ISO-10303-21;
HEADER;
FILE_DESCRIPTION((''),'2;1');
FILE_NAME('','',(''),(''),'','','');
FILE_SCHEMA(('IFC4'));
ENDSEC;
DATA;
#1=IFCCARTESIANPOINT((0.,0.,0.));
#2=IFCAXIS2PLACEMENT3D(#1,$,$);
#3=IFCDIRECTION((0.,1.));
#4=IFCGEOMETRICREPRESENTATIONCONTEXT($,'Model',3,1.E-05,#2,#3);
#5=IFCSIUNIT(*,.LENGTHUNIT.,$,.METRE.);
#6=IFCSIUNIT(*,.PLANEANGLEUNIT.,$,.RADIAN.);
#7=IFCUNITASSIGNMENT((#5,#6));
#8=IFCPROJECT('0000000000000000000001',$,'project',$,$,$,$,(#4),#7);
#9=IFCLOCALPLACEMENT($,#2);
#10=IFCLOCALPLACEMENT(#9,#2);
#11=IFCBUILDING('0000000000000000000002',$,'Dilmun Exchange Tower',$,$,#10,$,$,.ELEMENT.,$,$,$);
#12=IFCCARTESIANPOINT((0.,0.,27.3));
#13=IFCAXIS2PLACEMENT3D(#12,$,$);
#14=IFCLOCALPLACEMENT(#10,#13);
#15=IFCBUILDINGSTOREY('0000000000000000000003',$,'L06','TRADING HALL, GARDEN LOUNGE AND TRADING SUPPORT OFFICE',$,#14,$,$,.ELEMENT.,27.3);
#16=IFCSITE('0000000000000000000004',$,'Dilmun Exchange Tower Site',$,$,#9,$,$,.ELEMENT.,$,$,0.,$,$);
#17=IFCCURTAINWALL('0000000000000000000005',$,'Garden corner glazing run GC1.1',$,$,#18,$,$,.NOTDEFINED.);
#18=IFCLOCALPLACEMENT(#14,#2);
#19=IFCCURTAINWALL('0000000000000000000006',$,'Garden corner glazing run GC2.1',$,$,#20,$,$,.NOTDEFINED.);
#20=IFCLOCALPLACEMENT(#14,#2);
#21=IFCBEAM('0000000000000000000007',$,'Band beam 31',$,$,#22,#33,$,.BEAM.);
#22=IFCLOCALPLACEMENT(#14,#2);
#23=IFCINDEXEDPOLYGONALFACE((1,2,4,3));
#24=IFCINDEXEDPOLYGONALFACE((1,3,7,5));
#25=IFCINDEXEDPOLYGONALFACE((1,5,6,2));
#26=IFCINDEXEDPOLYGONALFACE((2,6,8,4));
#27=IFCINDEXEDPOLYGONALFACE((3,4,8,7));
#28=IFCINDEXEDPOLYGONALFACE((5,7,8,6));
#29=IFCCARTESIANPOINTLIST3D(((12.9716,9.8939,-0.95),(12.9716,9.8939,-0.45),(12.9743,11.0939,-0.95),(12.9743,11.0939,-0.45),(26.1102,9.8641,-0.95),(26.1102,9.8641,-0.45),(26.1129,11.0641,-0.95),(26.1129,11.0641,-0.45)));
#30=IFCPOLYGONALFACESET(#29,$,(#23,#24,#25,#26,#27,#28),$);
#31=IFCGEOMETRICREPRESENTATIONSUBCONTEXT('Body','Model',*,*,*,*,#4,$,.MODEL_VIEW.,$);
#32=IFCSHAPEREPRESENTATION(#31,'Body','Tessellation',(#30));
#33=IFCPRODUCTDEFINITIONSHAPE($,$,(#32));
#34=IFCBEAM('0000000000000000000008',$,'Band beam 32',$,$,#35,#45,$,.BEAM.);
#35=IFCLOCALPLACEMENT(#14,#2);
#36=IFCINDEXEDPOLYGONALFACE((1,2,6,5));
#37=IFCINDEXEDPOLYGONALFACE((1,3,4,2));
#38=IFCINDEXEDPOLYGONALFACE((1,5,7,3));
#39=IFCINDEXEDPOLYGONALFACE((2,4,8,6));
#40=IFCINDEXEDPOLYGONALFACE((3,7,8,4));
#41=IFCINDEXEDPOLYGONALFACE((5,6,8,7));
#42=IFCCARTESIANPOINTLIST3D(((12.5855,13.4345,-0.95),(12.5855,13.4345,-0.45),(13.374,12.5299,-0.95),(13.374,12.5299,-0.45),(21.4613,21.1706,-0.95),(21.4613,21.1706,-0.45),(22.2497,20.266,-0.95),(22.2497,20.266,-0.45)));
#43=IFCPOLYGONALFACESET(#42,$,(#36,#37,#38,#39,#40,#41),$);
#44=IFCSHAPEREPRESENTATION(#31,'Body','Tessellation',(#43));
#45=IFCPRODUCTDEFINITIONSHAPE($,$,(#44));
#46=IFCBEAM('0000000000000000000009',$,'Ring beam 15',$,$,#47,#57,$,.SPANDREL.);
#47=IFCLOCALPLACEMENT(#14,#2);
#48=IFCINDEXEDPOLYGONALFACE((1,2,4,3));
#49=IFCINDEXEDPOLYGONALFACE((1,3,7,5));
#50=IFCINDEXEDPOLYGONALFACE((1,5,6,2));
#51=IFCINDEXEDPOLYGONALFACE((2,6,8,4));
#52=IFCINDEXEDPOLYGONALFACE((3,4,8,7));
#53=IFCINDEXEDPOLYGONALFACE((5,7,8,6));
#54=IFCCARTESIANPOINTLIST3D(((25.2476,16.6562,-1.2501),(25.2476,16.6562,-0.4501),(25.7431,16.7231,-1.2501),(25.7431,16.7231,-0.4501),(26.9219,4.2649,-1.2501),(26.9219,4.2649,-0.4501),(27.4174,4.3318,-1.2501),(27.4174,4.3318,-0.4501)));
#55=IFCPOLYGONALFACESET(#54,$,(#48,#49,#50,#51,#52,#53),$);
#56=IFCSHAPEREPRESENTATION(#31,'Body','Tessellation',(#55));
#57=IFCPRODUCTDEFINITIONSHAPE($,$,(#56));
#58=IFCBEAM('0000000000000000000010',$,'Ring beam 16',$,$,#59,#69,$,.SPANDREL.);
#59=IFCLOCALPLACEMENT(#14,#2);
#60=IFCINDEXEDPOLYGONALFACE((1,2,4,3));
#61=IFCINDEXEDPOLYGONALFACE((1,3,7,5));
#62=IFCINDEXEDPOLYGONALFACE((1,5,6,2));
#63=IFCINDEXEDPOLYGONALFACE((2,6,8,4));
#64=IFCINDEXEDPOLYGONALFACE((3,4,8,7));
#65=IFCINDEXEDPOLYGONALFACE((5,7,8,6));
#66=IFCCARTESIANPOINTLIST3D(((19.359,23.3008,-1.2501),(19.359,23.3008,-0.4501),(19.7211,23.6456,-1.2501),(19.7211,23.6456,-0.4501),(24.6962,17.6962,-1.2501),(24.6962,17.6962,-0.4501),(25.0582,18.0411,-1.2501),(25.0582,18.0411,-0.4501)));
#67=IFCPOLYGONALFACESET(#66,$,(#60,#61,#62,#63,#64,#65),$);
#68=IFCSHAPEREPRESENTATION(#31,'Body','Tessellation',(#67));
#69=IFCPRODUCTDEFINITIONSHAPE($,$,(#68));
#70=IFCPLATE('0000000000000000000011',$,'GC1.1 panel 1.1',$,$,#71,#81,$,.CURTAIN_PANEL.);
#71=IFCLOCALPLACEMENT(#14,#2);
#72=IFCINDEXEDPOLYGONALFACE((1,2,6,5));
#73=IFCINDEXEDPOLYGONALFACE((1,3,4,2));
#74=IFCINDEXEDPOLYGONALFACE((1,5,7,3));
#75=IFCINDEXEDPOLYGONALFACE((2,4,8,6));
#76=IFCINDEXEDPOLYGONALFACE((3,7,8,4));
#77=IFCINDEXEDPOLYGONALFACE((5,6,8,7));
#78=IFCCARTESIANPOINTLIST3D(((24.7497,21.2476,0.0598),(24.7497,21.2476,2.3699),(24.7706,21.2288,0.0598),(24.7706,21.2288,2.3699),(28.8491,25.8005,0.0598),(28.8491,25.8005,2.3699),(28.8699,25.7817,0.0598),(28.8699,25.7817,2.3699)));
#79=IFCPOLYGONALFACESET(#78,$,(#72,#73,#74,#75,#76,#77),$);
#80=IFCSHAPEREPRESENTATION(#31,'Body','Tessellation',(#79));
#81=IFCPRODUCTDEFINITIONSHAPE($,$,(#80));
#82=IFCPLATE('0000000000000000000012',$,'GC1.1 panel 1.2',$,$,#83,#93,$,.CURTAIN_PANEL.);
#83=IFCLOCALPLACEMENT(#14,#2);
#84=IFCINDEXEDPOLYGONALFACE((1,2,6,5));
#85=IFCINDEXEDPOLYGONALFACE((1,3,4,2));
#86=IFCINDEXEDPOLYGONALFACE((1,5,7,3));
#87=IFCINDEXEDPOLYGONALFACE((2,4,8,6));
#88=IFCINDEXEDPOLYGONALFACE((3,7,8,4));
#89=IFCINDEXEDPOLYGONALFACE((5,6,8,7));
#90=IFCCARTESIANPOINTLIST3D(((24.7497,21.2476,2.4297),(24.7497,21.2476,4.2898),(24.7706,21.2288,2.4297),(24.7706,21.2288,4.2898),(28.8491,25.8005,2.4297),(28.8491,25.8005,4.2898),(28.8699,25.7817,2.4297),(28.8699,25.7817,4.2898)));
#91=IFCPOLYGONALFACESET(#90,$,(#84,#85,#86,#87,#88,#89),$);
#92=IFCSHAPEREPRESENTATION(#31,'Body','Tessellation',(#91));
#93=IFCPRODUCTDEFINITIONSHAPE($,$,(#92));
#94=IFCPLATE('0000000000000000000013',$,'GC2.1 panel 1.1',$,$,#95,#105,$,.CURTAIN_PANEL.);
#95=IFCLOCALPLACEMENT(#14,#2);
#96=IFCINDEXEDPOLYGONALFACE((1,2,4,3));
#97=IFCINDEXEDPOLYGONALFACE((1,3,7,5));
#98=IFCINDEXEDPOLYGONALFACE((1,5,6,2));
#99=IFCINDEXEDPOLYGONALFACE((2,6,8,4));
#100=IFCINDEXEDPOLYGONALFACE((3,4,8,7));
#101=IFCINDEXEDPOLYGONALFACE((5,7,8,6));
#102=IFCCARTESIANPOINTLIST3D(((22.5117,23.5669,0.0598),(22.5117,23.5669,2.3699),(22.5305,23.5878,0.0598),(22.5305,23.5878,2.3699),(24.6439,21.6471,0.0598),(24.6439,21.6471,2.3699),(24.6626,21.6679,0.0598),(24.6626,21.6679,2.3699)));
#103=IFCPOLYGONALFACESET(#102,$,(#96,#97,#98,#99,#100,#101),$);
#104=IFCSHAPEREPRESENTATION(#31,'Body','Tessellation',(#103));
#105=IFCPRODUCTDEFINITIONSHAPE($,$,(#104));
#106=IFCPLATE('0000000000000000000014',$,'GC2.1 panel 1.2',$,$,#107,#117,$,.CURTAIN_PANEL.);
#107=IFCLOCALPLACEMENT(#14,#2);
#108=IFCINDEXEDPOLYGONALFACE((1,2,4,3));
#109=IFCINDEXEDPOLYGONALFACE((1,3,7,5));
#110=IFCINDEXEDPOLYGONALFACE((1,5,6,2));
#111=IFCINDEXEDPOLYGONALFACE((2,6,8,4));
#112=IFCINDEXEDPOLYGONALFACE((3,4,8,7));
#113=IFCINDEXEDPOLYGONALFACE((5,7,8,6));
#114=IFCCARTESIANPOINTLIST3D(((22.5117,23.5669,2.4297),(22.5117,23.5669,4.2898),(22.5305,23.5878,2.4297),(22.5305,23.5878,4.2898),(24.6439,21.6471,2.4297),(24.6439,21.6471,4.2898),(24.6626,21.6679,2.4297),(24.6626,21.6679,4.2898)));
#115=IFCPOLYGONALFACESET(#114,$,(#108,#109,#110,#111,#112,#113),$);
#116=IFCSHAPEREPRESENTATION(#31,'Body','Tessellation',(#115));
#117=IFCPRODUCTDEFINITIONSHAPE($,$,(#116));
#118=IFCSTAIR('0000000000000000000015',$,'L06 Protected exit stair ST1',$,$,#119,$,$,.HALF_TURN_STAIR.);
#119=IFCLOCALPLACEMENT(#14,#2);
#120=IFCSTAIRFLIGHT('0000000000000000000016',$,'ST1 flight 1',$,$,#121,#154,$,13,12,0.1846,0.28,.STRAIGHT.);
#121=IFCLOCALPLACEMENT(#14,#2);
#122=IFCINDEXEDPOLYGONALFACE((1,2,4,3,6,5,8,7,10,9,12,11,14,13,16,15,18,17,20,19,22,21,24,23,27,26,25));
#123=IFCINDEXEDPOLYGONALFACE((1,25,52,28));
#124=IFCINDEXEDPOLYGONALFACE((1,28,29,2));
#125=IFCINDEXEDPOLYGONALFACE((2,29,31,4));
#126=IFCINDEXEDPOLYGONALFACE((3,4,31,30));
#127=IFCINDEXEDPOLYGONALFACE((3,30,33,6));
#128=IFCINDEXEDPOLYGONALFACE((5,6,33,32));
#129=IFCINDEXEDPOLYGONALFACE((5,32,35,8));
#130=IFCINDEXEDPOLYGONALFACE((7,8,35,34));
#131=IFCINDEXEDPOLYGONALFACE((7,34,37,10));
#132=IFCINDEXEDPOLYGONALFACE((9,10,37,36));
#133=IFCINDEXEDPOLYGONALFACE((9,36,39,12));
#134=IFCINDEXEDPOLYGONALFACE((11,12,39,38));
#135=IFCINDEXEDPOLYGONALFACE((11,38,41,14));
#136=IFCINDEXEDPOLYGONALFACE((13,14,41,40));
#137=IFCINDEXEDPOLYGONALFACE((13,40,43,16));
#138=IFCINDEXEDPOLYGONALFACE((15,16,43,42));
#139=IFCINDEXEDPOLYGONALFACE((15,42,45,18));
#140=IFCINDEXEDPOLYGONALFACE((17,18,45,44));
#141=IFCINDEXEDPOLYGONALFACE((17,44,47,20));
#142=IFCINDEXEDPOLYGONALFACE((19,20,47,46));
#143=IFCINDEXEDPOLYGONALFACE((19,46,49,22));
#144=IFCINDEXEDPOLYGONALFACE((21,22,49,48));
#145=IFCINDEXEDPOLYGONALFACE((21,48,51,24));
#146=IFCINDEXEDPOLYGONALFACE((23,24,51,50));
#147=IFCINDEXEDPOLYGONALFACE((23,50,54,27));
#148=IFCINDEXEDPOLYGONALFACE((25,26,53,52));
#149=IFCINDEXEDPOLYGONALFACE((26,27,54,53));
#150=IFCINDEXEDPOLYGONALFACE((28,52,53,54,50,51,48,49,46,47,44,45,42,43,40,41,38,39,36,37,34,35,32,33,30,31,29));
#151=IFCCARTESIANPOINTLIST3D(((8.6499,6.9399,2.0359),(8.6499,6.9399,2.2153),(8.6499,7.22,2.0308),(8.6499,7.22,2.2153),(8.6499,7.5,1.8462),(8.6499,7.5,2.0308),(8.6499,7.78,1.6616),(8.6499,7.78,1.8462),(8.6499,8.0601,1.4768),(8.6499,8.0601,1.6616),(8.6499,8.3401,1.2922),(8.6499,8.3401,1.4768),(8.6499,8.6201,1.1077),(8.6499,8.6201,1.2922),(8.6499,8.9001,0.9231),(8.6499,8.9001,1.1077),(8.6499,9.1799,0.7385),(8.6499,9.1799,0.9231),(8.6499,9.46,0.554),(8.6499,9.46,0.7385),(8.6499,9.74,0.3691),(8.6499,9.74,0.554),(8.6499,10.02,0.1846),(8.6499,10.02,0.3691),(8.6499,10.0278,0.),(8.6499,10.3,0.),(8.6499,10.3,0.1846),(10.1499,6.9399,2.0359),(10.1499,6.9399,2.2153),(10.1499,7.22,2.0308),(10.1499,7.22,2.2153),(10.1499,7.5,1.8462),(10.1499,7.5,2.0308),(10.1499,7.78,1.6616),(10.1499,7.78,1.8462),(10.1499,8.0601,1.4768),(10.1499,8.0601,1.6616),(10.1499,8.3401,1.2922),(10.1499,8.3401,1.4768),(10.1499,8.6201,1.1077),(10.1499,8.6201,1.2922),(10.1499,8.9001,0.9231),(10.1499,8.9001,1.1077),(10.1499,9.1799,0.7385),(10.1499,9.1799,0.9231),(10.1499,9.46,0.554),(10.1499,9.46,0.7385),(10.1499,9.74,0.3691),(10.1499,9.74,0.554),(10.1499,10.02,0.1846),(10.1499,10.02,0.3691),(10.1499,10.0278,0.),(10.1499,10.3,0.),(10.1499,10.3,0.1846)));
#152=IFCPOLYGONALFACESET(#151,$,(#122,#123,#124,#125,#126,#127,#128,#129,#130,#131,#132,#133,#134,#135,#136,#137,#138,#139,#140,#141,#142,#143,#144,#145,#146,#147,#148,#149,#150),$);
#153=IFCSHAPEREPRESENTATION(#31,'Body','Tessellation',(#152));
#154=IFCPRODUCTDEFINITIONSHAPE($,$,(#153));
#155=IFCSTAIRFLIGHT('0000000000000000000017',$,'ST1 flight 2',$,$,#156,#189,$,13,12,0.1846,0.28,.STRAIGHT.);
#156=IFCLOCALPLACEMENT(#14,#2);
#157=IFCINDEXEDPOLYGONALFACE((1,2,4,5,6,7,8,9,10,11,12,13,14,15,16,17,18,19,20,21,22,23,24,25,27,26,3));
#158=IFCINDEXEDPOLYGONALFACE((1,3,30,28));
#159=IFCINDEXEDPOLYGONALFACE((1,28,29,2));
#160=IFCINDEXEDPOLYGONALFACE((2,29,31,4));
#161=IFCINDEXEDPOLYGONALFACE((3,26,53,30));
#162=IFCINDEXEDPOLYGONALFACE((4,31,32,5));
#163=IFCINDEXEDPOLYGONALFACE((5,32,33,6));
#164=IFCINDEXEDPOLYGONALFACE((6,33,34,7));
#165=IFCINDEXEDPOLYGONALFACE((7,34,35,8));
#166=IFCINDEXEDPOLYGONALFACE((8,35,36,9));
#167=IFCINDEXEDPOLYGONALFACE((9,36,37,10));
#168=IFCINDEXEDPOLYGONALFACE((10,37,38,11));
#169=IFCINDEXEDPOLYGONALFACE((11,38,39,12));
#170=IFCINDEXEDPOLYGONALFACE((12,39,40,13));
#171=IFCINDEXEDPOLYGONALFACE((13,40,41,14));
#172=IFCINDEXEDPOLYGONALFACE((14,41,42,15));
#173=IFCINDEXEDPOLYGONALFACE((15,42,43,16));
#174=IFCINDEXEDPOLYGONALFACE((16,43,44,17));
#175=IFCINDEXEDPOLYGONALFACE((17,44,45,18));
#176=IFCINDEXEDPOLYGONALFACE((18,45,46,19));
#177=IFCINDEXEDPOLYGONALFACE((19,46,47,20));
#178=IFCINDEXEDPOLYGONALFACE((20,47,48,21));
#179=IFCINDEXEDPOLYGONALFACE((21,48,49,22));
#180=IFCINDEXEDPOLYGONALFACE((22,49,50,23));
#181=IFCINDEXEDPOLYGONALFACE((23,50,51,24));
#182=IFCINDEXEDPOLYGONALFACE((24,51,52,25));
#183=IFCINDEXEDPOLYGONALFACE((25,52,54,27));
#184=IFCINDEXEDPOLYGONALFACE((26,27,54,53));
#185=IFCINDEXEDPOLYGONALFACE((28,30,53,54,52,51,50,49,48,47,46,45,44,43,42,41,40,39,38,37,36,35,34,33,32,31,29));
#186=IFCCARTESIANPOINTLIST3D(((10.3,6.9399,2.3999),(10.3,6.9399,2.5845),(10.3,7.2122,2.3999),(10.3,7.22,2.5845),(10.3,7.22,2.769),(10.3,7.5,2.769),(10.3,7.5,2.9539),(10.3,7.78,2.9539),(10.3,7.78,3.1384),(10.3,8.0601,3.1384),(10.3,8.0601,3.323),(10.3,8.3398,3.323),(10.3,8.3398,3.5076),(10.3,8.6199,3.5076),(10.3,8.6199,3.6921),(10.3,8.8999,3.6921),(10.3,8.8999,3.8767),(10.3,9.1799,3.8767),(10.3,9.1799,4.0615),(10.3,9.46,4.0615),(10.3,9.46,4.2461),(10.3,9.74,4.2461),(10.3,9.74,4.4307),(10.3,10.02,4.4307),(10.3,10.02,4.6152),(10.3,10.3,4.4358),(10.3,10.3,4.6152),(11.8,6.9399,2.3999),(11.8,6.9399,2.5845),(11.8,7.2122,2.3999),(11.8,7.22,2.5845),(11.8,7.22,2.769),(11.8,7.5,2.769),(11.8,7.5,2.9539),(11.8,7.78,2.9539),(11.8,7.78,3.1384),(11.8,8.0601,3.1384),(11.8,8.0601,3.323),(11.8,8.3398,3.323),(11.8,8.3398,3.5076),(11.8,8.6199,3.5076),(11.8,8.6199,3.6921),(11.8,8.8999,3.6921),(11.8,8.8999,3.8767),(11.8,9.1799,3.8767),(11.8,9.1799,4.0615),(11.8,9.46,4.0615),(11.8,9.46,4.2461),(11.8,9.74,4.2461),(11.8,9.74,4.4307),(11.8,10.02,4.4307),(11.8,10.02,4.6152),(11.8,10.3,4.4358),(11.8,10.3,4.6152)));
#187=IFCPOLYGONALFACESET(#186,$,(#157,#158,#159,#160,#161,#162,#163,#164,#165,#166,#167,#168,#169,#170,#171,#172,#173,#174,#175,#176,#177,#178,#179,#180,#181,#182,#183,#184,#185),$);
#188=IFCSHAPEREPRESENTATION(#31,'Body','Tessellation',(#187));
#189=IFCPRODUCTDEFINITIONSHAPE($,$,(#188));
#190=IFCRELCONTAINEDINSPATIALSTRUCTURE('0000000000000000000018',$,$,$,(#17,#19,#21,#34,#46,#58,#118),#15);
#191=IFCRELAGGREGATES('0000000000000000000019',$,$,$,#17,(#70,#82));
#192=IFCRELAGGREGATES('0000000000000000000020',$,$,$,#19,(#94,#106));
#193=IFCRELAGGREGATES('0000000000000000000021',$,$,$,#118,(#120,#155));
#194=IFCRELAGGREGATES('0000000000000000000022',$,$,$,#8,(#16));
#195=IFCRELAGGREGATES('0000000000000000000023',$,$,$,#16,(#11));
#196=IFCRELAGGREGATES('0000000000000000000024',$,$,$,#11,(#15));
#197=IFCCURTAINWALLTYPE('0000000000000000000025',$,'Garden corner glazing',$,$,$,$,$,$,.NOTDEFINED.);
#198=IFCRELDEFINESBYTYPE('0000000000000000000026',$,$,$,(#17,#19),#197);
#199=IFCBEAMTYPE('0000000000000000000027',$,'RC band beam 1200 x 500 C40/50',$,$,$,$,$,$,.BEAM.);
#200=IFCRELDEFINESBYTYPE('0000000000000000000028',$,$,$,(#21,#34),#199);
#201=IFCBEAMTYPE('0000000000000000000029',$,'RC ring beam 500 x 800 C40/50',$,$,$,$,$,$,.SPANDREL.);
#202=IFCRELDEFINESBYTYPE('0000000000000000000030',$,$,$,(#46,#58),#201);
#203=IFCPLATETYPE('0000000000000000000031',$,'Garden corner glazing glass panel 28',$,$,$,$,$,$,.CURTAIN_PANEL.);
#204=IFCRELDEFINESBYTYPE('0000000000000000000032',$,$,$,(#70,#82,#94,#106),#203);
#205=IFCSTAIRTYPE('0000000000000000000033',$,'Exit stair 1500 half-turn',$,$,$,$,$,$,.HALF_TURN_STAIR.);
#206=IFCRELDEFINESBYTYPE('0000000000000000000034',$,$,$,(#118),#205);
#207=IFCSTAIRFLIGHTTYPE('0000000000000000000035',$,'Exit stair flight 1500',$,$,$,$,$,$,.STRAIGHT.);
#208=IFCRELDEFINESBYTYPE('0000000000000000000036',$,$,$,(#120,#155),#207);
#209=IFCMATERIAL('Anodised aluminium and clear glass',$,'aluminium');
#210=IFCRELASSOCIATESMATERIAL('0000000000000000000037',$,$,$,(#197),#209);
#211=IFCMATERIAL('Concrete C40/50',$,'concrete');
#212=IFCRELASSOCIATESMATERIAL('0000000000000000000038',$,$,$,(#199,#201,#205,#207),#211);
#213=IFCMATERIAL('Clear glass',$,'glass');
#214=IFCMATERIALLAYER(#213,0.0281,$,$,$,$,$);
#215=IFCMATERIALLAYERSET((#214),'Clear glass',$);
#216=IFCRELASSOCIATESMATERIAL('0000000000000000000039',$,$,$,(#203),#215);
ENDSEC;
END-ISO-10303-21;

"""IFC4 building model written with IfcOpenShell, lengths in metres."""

from ifc_helpers import new_model, si_unit, direction, frame, origin, origin_2d, place, context, subcontext, project, spatial, polyline, rectangle, outline, extrude, material, layer, layer_set, material_profile, profile_set, type_object, element, aggregate, save


model = new_model("IFC4")

# Units and contexts
model_context = context("Model", 3, precision=1e-05, world=origin(), true_north=direction((0.0, 1.0)))
body_context = subcontext(model_context, "Body", "Model", "MODEL_VIEW")
ifc_project = project(units=[si_unit("LENGTHUNIT", "METRE"), si_unit("PLANEANGLEUNIT", "RADIAN")], contexts=[model_context])

# Site, building, storey
site_placement = place(None, origin())
site = spatial("IfcSite", under=ifc_project, at=site_placement, Name="Dilmun Exchange Tower Site", CompositionType="ELEMENT", RefElevation=0.0)
building_placement = place(site_placement, origin())
building = spatial("IfcBuilding", under=site, at=building_placement, Name="Dilmun Exchange Tower", CompositionType="ELEMENT")
storey_placement = place(building_placement, frame((0.0, 0.0, 27.3)))
storey = spatial("IfcBuildingStorey", under=building, at=storey_placement, Name="L06", Description="TRADING HALL, GARDEN LOUNGE AND TRADING SUPPORT OFFICE", CompositionType="ELEMENT", Elevation=27.3)

# Curtain wall
ifc_material_1 = material(Name="Anodised aluminium and clear glass", Category="aluminium")
curtain_wall_type = type_object("IfcCurtainWallType", Name="Garden corner glazing", PredefinedType="NOTDEFINED", material=ifc_material_1)
curtain_wall_1_placement = place(storey_placement, origin())
curtain_wall_1 = element("IfcCurtainWall", 1, at=curtain_wall_1_placement, inside=storey, type_object=curtain_wall_type, Name="Garden corner glazing run GC1.1", PredefinedType="NOTDEFINED")

# Curtain wall
curtain_wall_2_placement = place(storey_placement, origin())
curtain_wall_2 = element("IfcCurtainWall", 2, at=curtain_wall_2_placement, inside=storey, type_object=curtain_wall_type, Name="Garden corner glazing run GC2.1", PredefinedType="NOTDEFINED")

# Beams
ifc_material_2 = material(Name="Concrete C40/50", Category="concrete")
ifc_material_profile_1 = material_profile(ifc_material_2, rectangle(XDim=1.2, YDim=0.5, at=origin_2d()), Name="1200 x 500")
ifc_profile_set_1 = profile_set([ifc_material_profile_1], Name="Concrete C40/50")
beam_type_1 = type_object("IfcBeamType", Name="RC band beam 1200 x 500 C40/50", PredefinedType="BEAM", material=ifc_profile_set_1)
beam_1_placement = place(storey_placement, frame((26.1116, 10.4641, -0.7), z_axis=(-0.999997, 0.002267, 0.0), x_axis=(-0.002267, -0.999997, 0.0)))
element("IfcBeam", 3, at=beam_1_placement, inside=storey, type_object=beam_type_1, Name="Band beam 31", PredefinedType="BEAM", context=body_context, shape_type="SweptSolid", body=[
    extrude(rectangle(XDim=1.2, YDim=0.5, at=origin_2d()), origin(), (0.0, 0.0, 1.0), 13.1387),
])
beam_2_placement = place(storey_placement, frame((21.8555, 20.7183, -0.7), z_axis=(-0.753846, -0.657052, 0.0), x_axis=(0.657052, -0.753846, 0.0)))
element("IfcBeam", 4, at=beam_2_placement, inside=storey, type_object=beam_type_1, Name="Band beam 32", PredefinedType="BEAM", context=body_context, shape_type="SweptSolid", body=[
    extrude(rectangle(XDim=1.2, YDim=0.5, at=origin_2d()), origin(), (0.0, 0.0, 1.0), 11.7739),
])
ifc_material_profile_2 = material_profile(ifc_material_2, rectangle(XDim=0.5, YDim=0.8, at=origin_2d()), Name="500 x 800")
ifc_profile_set_2 = profile_set([ifc_material_profile_2], Name="Concrete C40/50")
beam_type_2 = type_object("IfcBeamType", Name="RC ring beam 500 x 800 C40/50", PredefinedType="SPANDREL", material=ifc_profile_set_2)
beam_3_placement = place(storey_placement, frame((27.1697, 4.2983, -0.8501), z_axis=(-0.133903, 0.990994, 0.0), x_axis=(-0.990994, -0.133903, 0.0)))
element("IfcBeam", 5, at=beam_3_placement, inside=storey, type_object=beam_type_2, Name="Ring beam 15", PredefinedType="SPANDREL", context=body_context, shape_type="SweptSolid", body=[
    extrude(rectangle(XDim=0.5, YDim=0.8, at=origin_2d()), origin(), (0.0, 0.0, 1.0), 12.5039),
])
beam_4_placement = place(storey_placement, frame((24.8772, 17.8687, -0.8501), z_axis=(-0.689624, 0.724167, 0.0), x_axis=(-0.724167, -0.689624, 0.0)))
element("IfcBeam", 6, at=beam_4_placement, inside=storey, type_object=beam_type_2, Name="Ring beam 16", PredefinedType="SPANDREL", context=body_context, shape_type="SweptSolid", body=[
    extrude(rectangle(XDim=0.5, YDim=0.8, at=origin_2d()), origin(), (0.0, 0.0, 1.0), 7.7393),
])

# Plates
ifc_material_3 = material(Name="Clear glass", Category="glass")
ifc_layer_1 = layer(ifc_material_3, 0.0281)
ifc_layer_set_1 = layer_set([ifc_layer_1], Name="Clear glass")
plate_type = type_object("IfcPlateType", Name="Garden corner glazing glass panel 28", PredefinedType="CURTAIN_PANEL", material=ifc_layer_set_1)
plate_1_placement = place(storey_placement, frame((26.8098, 23.5146, 0.0598), z_axis=(0.0, 0.0, 1.0), x_axis=(-0.669125, -0.74315, 0.0)))
plate_1 = element("IfcPlate", 7, at=plate_1_placement, type_object=plate_type, Name="GC1.1 panel 1.1", PredefinedType="CURTAIN_PANEL", context=body_context, shape_type="SweptSolid", body=[
    extrude(rectangle(XDim=6.1265, YDim=0.0281, at=origin_2d()), origin(), (0.0, 0.0, 1.0), 2.3101),
])
plate_2_placement = place(storey_placement, frame((26.8098, 23.5146, 2.4297), z_axis=(0.0, 0.0, 1.0), x_axis=(-0.669125, -0.74315, 0.0)))
plate_2 = element("IfcPlate", 8, at=plate_2_placement, type_object=plate_type, Name="GC1.1 panel 1.2", PredefinedType="CURTAIN_PANEL", context=body_context, shape_type="SweptSolid", body=[
    extrude(rectangle(XDim=6.1265, YDim=0.0281, at=origin_2d()), origin(), (0.0, 0.0, 1.0), 1.8601),
])
aggregate(curtain_wall_1, [plate_1, plate_2])
plate_3_placement = place(storey_placement, frame((23.5872, 22.6174, 0.0598), z_axis=(0.0, 0.0, 1.0), x_axis=(-0.743139, 0.669137, 0.0)))
plate_3 = element("IfcPlate", 9, at=plate_3_placement, type_object=plate_type, Name="GC2.1 panel 1.1", PredefinedType="CURTAIN_PANEL", context=body_context, shape_type="SweptSolid", body=[
    extrude(rectangle(XDim=2.8691, YDim=0.0281, at=origin_2d()), origin(), (0.0, 0.0, 1.0), 2.3101),
])
plate_4_placement = place(storey_placement, frame((23.5872, 22.6174, 2.4297), z_axis=(0.0, 0.0, 1.0), x_axis=(-0.743139, 0.669137, 0.0)))
plate_4 = element("IfcPlate", 10, at=plate_4_placement, type_object=plate_type, Name="GC2.1 panel 1.2", PredefinedType="CURTAIN_PANEL", context=body_context, shape_type="SweptSolid", body=[
    extrude(rectangle(XDim=2.8691, YDim=0.0281, at=origin_2d()), origin(), (0.0, 0.0, 1.0), 1.8601),
])
aggregate(curtain_wall_2, [plate_3, plate_4])

# Stair, stair flights
stair_type = type_object("IfcStairType", Name="Exit stair 1500 half-turn", PredefinedType="HALF_TURN_STAIR", material=ifc_material_2)
stair_placement = place(storey_placement, origin())
stair = element("IfcStair", 11, at=stair_placement, inside=storey, type_object=stair_type, Name="L06 Protected exit stair ST1", PredefinedType="HALF_TURN_STAIR")
stair_flight_type = type_object("IfcStairFlightType", Name="Exit stair flight 1500", PredefinedType="STRAIGHT", material=ifc_material_2)
stair_flight_1_placement = place(storey_placement, frame((9.3999, 10.3, 0.0), z_axis=(0.0, 0.0, 1.0), x_axis=(0.0, -1.0, 0.0)))
stair_flight_1 = element("IfcStairFlight", 12, at=stair_flight_1_placement, type_object=stair_flight_type, Name="ST1 flight 1", NumberOfRisers=13, NumberOfTreads=12, PredefinedType="STRAIGHT", RiserHeight=0.1846, TreadLength=0.28, context=body_context, shape_type="SweptSolid", body=[
    extrude(outline(polyline([(0.0, 0.0), (0.0, 0.1846), (0.28, 0.1846), (0.28, 0.3691), (0.5601, 0.3691), (0.5601, 0.554), (0.8401, 0.554), (0.8401, 0.7385), (1.1201, 0.7385), (1.1201, 0.9231), (1.3999, 0.9231), (1.3999, 1.1077), (1.6799, 1.1077), (1.6799, 1.2922), (1.96, 1.2922), (1.96, 1.4768), (2.24, 1.4768), (2.24, 1.6616), (2.52, 1.6616), (2.52, 1.8462), (2.8, 1.8462), (2.8, 2.0308), (3.0801, 2.0308), (3.0801, 2.2153), (3.3601, 2.2153), (3.3601, 2.3999), (3.3601, 2.0359), (0.2722, 0.0), (0.0, 0.0)])), frame((0.0, 0.75, 0.0), z_axis=(0.0, -1.0, 0.0), x_axis=(1.0, 0.0, 0.0)), (0.0, 0.0, 1.0), 1.5),
])
stair_flight_2_placement = place(storey_placement, frame((11.05, 6.9399, 2.3999), z_axis=(0.0, 0.0, 1.0), x_axis=(0.0, 1.0, 0.0)))
stair_flight_2 = element("IfcStairFlight", 13, at=stair_flight_2_placement, type_object=stair_flight_type, Name="ST1 flight 2", NumberOfRisers=13, NumberOfTreads=12, PredefinedType="STRAIGHT", RiserHeight=0.1846, TreadLength=0.28, context=body_context, shape_type="SweptSolid", body=[
    extrude(outline(polyline([(0.0, 0.0), (0.0, 0.1846), (0.28, 0.1846), (0.28, 0.3691), (0.5601, 0.3691), (0.5601, 0.554), (0.8401, 0.554), (0.8401, 0.7385), (1.1201, 0.7385), (1.1201, 0.9231), (1.3999, 0.9231), (1.3999, 1.1077), (1.6799, 1.1077), (1.6799, 1.2922), (1.96, 1.2922), (1.96, 1.4768), (2.24, 1.4768), (2.24, 1.6616), (2.52, 1.6616), (2.52, 1.8462), (2.8, 1.8462), (2.8, 2.0308), (3.0801, 2.0308), (3.0801, 2.2153), (3.3601, 2.2153), (3.3601, 2.3999), (3.3601, 2.0359), (0.2722, 0.0), (0.0, 0.0)])), frame((0.0, 0.75, 0.0), z_axis=(0.0, -1.0, 0.0), x_axis=(1.0, 0.0, 0.0)), (0.0, 0.0, 1.0), 1.5),
])
aggregate(stair, [stair_flight_1, stair_flight_2])

save(model, "model.ifc")
